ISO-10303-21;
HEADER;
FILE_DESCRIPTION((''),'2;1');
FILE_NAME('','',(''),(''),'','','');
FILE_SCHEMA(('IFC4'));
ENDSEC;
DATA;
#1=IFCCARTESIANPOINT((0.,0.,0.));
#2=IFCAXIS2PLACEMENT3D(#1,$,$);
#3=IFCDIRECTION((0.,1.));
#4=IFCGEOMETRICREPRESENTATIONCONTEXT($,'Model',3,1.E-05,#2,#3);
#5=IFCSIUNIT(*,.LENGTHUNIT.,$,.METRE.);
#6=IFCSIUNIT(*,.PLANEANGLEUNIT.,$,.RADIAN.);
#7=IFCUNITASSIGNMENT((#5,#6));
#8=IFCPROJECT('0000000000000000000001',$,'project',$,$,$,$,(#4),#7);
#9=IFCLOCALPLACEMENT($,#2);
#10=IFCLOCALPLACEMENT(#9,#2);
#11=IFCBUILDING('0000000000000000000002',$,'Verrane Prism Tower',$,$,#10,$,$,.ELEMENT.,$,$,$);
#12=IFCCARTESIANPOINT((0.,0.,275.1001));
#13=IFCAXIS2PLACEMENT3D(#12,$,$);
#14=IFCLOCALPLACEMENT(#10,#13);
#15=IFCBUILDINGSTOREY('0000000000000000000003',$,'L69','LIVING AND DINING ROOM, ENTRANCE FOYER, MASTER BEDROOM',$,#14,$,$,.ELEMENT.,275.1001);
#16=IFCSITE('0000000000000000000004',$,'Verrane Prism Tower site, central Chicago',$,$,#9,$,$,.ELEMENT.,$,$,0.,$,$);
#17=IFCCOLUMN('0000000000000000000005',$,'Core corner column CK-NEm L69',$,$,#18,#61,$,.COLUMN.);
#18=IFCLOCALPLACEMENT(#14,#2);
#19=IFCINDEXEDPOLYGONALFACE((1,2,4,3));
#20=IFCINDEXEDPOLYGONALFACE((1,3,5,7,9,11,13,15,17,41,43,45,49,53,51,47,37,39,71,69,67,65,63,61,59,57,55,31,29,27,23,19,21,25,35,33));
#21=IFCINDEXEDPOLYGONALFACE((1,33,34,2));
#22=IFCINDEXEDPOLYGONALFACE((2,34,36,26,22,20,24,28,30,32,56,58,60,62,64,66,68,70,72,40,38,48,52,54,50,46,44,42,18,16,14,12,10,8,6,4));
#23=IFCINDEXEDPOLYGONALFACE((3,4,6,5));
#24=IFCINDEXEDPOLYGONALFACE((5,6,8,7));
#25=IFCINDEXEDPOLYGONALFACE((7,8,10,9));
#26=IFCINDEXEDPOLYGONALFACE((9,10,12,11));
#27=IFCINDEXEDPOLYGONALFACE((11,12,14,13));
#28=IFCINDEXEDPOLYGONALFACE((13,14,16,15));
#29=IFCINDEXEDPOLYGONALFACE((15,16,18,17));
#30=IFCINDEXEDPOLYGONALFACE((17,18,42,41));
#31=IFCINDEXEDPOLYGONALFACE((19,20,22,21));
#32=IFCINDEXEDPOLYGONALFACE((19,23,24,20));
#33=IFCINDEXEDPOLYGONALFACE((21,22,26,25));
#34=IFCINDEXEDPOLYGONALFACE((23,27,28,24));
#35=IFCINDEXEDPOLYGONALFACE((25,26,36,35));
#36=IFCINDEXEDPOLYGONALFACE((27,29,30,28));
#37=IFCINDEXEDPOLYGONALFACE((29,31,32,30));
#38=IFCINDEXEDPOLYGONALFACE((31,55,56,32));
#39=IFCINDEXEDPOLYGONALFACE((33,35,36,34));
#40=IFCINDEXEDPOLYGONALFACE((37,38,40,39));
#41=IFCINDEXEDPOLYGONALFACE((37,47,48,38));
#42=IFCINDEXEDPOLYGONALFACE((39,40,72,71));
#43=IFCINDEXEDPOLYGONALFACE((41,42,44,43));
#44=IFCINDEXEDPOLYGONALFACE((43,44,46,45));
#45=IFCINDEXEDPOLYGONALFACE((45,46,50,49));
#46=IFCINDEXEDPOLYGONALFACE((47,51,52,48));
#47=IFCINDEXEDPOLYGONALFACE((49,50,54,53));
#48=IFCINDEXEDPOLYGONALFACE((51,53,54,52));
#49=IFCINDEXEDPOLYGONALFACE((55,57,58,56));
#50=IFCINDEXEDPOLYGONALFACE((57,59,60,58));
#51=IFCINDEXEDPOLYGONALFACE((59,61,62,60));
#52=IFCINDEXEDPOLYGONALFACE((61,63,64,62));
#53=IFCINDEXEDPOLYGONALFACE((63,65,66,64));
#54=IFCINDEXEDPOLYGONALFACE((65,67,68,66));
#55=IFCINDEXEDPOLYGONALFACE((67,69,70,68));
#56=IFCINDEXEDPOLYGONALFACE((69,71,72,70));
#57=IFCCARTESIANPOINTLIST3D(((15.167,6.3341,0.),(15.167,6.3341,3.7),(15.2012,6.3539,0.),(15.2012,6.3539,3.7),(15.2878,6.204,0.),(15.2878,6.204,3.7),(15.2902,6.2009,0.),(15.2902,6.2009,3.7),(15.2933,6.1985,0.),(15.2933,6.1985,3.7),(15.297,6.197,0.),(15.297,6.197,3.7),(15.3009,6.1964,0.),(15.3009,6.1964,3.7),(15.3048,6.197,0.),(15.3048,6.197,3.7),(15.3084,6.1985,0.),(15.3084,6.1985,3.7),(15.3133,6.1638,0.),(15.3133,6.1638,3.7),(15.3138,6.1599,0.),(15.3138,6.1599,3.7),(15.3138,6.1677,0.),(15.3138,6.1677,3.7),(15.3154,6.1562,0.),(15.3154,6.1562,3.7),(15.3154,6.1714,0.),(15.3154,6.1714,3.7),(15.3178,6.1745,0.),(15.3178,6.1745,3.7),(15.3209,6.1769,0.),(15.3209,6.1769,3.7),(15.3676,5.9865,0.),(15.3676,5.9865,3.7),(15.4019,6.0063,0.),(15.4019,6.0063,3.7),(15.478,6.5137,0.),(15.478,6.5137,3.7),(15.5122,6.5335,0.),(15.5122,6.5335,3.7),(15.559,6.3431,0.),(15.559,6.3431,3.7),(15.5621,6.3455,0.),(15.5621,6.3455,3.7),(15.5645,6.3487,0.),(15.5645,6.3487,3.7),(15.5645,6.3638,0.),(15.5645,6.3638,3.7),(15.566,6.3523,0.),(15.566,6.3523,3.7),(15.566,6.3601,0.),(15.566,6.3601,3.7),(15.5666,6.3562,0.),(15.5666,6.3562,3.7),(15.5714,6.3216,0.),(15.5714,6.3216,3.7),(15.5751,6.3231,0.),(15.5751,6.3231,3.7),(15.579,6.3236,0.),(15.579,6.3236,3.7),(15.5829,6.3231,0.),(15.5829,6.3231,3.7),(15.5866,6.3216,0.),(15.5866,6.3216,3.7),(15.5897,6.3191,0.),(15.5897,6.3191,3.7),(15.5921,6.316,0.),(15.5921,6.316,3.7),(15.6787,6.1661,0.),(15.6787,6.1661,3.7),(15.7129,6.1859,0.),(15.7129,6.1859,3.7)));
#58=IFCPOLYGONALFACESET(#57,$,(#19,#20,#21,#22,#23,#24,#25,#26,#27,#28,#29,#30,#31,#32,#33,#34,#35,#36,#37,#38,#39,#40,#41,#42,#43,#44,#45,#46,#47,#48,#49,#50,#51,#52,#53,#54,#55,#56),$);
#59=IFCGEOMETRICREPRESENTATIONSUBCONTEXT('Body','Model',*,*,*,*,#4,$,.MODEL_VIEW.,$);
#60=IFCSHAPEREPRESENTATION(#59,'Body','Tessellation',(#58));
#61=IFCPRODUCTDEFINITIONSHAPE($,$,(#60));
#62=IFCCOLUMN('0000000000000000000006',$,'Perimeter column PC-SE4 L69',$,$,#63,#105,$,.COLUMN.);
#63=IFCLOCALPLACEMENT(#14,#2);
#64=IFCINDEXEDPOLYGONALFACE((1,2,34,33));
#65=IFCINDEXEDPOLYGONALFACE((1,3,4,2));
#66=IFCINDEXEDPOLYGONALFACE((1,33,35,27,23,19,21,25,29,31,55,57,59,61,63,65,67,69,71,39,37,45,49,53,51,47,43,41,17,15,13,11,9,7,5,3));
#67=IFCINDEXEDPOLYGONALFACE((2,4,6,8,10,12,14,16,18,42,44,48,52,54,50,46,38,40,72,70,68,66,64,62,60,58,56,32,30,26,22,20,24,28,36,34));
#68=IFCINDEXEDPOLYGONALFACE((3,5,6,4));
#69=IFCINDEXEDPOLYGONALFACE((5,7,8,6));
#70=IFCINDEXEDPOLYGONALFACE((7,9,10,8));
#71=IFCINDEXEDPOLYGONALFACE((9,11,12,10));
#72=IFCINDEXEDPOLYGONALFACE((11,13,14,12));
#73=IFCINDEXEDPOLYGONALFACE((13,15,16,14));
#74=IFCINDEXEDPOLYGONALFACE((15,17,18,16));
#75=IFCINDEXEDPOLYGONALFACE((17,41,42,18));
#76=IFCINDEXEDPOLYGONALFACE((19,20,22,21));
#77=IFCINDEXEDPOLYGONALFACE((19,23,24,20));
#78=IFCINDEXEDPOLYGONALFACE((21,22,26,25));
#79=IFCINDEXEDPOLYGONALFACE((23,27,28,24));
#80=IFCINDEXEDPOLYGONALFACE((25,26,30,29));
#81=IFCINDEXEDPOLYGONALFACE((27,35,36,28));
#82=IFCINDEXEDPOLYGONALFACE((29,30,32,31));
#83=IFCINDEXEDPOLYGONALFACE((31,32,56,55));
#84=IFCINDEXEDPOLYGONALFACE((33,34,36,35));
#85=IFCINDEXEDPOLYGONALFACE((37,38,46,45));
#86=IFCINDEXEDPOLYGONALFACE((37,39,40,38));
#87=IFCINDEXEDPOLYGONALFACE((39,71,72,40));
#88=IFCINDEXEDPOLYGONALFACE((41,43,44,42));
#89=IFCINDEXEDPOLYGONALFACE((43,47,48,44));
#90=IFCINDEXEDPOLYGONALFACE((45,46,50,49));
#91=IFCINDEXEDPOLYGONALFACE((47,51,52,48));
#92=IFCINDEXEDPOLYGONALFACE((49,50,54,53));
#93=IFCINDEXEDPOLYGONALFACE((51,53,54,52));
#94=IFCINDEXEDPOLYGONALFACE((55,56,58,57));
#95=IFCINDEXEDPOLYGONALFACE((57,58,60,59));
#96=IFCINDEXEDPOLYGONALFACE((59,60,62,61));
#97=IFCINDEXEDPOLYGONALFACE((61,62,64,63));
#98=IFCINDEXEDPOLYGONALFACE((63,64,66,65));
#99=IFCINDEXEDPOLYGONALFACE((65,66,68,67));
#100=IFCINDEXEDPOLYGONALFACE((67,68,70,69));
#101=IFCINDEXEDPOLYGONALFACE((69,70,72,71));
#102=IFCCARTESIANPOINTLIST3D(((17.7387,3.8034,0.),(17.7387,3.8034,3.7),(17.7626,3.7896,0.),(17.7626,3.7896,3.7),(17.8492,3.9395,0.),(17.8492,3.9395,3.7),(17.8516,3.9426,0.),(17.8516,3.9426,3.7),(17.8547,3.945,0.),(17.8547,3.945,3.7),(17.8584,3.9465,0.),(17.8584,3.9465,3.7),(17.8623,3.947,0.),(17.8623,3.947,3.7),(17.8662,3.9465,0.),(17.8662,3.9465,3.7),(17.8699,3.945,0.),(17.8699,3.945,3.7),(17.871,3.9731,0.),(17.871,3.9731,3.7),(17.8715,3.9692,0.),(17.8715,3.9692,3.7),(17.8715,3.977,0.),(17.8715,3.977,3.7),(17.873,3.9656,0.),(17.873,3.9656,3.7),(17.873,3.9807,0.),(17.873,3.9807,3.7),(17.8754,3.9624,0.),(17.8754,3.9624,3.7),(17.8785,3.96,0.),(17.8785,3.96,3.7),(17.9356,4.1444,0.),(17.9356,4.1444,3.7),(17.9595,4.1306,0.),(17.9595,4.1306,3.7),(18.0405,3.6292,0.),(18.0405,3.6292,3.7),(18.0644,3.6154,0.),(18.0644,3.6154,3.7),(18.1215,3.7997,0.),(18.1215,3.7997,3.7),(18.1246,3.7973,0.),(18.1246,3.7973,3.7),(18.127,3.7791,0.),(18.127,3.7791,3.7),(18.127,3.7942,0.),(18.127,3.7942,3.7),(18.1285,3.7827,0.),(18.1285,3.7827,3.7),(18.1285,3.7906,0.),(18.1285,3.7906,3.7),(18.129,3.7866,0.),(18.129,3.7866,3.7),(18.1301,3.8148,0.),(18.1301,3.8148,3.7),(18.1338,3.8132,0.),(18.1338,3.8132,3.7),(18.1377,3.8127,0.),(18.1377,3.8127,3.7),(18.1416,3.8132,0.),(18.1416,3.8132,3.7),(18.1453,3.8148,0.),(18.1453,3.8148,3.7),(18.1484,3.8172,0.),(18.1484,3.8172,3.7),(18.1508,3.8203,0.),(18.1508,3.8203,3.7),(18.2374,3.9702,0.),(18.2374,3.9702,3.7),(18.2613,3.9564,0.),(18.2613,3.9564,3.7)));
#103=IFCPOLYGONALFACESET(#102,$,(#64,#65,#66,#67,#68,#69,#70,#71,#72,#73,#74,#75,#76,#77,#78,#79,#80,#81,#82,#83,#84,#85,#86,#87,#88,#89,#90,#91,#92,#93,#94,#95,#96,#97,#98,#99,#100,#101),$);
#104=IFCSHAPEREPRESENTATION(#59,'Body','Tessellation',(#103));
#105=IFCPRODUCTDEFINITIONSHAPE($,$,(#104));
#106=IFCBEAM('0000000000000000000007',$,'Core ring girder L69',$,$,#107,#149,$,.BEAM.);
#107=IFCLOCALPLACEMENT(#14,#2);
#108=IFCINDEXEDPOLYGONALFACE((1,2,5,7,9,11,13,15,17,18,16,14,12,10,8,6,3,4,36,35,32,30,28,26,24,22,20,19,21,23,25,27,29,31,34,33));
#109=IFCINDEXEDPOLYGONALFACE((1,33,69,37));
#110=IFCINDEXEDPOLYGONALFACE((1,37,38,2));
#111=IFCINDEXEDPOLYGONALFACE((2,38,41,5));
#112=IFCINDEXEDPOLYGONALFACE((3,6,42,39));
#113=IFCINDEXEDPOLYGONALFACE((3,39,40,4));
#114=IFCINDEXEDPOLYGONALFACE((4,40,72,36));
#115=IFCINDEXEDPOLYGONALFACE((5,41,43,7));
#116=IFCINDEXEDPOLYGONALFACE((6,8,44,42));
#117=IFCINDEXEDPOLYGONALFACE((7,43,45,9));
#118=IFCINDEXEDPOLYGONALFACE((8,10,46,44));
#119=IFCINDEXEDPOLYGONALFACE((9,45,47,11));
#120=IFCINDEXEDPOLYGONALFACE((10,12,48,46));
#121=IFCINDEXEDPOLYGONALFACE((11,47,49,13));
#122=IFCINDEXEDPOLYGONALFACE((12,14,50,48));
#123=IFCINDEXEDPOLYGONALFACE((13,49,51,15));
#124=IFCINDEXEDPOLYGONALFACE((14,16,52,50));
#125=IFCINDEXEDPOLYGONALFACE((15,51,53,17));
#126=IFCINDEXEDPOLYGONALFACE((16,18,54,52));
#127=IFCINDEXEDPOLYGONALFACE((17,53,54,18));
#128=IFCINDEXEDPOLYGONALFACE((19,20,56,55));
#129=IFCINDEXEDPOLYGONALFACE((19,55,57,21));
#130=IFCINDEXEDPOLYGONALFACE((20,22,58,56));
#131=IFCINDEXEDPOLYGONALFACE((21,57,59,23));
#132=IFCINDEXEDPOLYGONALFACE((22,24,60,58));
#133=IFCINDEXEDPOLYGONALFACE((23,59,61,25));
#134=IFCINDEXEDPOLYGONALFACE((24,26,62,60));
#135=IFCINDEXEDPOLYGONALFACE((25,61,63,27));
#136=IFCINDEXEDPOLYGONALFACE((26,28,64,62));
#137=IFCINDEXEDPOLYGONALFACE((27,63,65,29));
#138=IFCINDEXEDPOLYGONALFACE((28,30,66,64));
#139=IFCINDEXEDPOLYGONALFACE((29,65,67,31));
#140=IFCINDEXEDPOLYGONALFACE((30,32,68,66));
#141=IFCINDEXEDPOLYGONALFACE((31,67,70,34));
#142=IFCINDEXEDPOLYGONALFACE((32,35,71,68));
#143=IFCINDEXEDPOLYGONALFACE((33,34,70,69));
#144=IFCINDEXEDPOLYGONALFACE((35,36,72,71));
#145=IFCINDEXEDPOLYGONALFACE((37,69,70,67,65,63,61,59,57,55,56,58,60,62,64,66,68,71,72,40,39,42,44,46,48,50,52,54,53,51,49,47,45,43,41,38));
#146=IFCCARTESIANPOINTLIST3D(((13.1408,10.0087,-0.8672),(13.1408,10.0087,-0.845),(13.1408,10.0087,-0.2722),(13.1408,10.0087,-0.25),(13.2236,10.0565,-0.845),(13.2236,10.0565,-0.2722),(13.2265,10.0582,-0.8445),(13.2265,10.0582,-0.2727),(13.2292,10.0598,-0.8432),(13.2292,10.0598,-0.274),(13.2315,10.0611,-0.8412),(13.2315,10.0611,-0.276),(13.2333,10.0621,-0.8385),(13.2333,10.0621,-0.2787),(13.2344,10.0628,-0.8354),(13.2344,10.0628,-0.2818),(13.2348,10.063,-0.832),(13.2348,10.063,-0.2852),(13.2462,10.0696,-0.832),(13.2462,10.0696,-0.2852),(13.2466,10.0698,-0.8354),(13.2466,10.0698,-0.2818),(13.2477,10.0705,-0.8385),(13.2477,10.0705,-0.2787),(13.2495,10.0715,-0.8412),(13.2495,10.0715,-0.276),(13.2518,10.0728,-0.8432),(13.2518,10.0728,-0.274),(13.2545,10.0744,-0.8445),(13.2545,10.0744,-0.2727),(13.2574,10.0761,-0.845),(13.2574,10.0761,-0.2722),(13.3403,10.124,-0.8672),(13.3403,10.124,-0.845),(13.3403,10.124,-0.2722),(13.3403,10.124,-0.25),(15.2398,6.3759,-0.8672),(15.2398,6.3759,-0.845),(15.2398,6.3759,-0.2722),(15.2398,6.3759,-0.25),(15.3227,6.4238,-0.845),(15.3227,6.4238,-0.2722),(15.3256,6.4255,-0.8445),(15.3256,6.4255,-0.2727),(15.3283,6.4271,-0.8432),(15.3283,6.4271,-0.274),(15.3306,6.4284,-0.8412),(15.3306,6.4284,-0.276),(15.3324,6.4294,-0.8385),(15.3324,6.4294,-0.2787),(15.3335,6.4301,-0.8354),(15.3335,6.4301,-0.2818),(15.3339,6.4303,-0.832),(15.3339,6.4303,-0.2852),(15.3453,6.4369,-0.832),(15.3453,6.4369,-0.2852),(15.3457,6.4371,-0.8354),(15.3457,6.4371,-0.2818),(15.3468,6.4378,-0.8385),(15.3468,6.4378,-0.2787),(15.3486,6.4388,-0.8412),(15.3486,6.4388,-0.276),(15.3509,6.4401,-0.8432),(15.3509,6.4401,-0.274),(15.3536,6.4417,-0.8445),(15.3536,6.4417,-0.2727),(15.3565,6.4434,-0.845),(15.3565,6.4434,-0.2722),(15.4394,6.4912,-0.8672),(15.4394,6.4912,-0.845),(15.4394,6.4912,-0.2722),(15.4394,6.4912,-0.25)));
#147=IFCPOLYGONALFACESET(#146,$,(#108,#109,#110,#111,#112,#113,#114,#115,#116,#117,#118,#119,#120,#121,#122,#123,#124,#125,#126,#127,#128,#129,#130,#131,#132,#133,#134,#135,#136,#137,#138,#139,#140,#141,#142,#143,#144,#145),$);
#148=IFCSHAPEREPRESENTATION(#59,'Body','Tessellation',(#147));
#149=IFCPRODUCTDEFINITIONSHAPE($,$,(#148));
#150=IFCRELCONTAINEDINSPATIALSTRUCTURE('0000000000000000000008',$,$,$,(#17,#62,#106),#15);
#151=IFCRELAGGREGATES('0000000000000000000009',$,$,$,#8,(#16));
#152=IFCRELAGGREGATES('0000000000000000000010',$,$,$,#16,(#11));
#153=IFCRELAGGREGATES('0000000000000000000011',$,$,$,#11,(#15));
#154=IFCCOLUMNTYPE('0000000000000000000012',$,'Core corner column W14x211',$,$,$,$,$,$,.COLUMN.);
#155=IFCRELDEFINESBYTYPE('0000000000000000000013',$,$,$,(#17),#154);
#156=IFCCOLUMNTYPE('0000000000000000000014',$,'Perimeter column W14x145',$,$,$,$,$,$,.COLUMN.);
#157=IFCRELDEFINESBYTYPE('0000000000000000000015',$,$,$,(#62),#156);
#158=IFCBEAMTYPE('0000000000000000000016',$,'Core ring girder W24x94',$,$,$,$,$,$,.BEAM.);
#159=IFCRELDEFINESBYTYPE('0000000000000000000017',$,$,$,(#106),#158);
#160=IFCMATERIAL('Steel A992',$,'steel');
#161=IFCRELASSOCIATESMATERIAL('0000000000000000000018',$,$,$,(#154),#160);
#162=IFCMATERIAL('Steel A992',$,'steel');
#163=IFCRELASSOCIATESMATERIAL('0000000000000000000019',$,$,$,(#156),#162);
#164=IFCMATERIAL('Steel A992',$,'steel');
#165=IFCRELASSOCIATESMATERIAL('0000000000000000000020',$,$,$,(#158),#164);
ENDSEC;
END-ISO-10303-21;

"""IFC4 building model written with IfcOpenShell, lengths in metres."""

from ifc_helpers import new_model, si_unit, direction, frame, origin, origin_2d, place, context, subcontext, project, spatial, i_section, extrude, material, material_profile, profile_set, type_object, element, save


model = new_model("IFC4")

# Units and contexts
model_context = context("Model", 3, precision=1e-05, world=origin(), true_north=direction((0.0, 1.0)))
body_context = subcontext(model_context, "Body", "Model", "MODEL_VIEW")
ifc_project = project(units=[si_unit("LENGTHUNIT", "METRE"), si_unit("PLANEANGLEUNIT", "RADIAN")], contexts=[model_context])

# Site, building, storey
site_placement = place(None, origin())
site = spatial("IfcSite", under=ifc_project, at=site_placement, Name="Verrane Prism Tower site, central Chicago", CompositionType="ELEMENT", RefElevation=0.0)
building_placement = place(site_placement, origin())
building = spatial("IfcBuilding", under=site, at=building_placement, Name="Verrane Prism Tower", CompositionType="ELEMENT")
storey_placement = place(building_placement, frame((0.0, 0.0, 275.1001)))
storey = spatial("IfcBuildingStorey", under=building, at=storey_placement, Name="L69", Description="LIVING AND DINING ROOM, ENTRANCE FOYER, MASTER BEDROOM", CompositionType="ELEMENT", Elevation=275.1001)

# Columns
ifc_material_1 = material(Name="Steel A992", Category="steel")
ifc_material_profile_1 = material_profile(ifc_material_1, i_section(OverallWidth=0.4014, OverallDepth=0.3987, WebThickness=0.0249, FlangeThickness=0.0396, FilletRadius=0.0151, at=origin_2d()), Name="W14x211")
ifc_profile_set_1 = profile_set([ifc_material_profile_1], Name="Steel A992")
column_type_1 = type_object("IfcColumnType", Name="Core corner column W14x211", PredefinedType="COLUMN", material=ifc_profile_set_1)
column_1_placement = place(storey_placement, frame((15.4399, 6.26, 0.0), z_axis=(0.0, 0.0, 1.0), x_axis=(0.5, -0.866025, 0.0)))
element("IfcColumn", 1, at=column_1_placement, inside=storey, type_object=column_type_1, Name="Core corner column CK-NEm L69", PredefinedType="COLUMN", context=body_context, shape_type="SweptSolid", body=[
    extrude(i_section(OverallWidth=0.4014, OverallDepth=0.3987, WebThickness=0.0249, FlangeThickness=0.0396, FilletRadius=0.0151, at=origin_2d()), origin(), (0.0, 0.0, 1.0), 3.7),
])
ifc_material_2 = material(Name="Steel A992", Category="steel")
ifc_material_profile_2 = material_profile(ifc_material_2, i_section(OverallWidth=0.3938, OverallDepth=0.376, WebThickness=0.0173, FlangeThickness=0.0276, FilletRadius=0.0151, at=origin_2d()), Name="W14x145")
ifc_profile_set_2 = profile_set([ifc_material_profile_2], Name="Steel A992")
column_type_2 = type_object("IfcColumnType", Name="Perimeter column W14x145", PredefinedType="COLUMN", material=ifc_profile_set_2)
column_2_placement = place(storey_placement, frame((18.0, 3.8799, 0.0), z_axis=(0.0, 0.0, 1.0), x_axis=(-0.5, -0.866025, 0.0)))
element("IfcColumn", 2, at=column_2_placement, inside=storey, type_object=column_type_2, Name="Perimeter column PC-SE4 L69", PredefinedType="COLUMN", context=body_context, shape_type="SweptSolid", body=[
    extrude(i_section(OverallWidth=0.3938, OverallDepth=0.376, WebThickness=0.0173, FlangeThickness=0.0276, FilletRadius=0.0151, at=origin_2d()), origin(), (0.0, 0.0, 1.0), 3.7),
])

# Beam
ifc_material_3 = material(Name="Steel A992", Category="steel")
ifc_material_profile_3 = material_profile(ifc_material_3, i_section(OverallWidth=0.2305, OverallDepth=0.6172, WebThickness=0.0132, FlangeThickness=0.0222, FilletRadius=0.0129, at=origin_2d()), Name="W24x94")
ifc_profile_set_3 = profile_set([ifc_material_profile_3], Name="Steel A992")
beam_type_1 = type_object("IfcBeamType", Name="Core ring girder W24x94", PredefinedType="BEAM", material=ifc_profile_set_3)
beam_1_placement = place(storey_placement, frame((15.3396, 6.4336, -0.5586), z_axis=(-0.500307, 0.865848, 0.0), x_axis=(-0.865848, -0.500307, 0.0)))
element("IfcBeam", 3, at=beam_1_placement, inside=storey, type_object=beam_type_1, Name="Core ring girder L69", PredefinedType="BEAM", context=body_context, shape_type="SweptSolid", body=[
    extrude(i_section(OverallWidth=0.2305, OverallDepth=0.6172, WebThickness=0.0132, FlangeThickness=0.0222, FilletRadius=0.0129, at=origin_2d()), origin(), (0.0, 0.0, 1.0), 4.1956),
])

save(model, "model.ifc")
